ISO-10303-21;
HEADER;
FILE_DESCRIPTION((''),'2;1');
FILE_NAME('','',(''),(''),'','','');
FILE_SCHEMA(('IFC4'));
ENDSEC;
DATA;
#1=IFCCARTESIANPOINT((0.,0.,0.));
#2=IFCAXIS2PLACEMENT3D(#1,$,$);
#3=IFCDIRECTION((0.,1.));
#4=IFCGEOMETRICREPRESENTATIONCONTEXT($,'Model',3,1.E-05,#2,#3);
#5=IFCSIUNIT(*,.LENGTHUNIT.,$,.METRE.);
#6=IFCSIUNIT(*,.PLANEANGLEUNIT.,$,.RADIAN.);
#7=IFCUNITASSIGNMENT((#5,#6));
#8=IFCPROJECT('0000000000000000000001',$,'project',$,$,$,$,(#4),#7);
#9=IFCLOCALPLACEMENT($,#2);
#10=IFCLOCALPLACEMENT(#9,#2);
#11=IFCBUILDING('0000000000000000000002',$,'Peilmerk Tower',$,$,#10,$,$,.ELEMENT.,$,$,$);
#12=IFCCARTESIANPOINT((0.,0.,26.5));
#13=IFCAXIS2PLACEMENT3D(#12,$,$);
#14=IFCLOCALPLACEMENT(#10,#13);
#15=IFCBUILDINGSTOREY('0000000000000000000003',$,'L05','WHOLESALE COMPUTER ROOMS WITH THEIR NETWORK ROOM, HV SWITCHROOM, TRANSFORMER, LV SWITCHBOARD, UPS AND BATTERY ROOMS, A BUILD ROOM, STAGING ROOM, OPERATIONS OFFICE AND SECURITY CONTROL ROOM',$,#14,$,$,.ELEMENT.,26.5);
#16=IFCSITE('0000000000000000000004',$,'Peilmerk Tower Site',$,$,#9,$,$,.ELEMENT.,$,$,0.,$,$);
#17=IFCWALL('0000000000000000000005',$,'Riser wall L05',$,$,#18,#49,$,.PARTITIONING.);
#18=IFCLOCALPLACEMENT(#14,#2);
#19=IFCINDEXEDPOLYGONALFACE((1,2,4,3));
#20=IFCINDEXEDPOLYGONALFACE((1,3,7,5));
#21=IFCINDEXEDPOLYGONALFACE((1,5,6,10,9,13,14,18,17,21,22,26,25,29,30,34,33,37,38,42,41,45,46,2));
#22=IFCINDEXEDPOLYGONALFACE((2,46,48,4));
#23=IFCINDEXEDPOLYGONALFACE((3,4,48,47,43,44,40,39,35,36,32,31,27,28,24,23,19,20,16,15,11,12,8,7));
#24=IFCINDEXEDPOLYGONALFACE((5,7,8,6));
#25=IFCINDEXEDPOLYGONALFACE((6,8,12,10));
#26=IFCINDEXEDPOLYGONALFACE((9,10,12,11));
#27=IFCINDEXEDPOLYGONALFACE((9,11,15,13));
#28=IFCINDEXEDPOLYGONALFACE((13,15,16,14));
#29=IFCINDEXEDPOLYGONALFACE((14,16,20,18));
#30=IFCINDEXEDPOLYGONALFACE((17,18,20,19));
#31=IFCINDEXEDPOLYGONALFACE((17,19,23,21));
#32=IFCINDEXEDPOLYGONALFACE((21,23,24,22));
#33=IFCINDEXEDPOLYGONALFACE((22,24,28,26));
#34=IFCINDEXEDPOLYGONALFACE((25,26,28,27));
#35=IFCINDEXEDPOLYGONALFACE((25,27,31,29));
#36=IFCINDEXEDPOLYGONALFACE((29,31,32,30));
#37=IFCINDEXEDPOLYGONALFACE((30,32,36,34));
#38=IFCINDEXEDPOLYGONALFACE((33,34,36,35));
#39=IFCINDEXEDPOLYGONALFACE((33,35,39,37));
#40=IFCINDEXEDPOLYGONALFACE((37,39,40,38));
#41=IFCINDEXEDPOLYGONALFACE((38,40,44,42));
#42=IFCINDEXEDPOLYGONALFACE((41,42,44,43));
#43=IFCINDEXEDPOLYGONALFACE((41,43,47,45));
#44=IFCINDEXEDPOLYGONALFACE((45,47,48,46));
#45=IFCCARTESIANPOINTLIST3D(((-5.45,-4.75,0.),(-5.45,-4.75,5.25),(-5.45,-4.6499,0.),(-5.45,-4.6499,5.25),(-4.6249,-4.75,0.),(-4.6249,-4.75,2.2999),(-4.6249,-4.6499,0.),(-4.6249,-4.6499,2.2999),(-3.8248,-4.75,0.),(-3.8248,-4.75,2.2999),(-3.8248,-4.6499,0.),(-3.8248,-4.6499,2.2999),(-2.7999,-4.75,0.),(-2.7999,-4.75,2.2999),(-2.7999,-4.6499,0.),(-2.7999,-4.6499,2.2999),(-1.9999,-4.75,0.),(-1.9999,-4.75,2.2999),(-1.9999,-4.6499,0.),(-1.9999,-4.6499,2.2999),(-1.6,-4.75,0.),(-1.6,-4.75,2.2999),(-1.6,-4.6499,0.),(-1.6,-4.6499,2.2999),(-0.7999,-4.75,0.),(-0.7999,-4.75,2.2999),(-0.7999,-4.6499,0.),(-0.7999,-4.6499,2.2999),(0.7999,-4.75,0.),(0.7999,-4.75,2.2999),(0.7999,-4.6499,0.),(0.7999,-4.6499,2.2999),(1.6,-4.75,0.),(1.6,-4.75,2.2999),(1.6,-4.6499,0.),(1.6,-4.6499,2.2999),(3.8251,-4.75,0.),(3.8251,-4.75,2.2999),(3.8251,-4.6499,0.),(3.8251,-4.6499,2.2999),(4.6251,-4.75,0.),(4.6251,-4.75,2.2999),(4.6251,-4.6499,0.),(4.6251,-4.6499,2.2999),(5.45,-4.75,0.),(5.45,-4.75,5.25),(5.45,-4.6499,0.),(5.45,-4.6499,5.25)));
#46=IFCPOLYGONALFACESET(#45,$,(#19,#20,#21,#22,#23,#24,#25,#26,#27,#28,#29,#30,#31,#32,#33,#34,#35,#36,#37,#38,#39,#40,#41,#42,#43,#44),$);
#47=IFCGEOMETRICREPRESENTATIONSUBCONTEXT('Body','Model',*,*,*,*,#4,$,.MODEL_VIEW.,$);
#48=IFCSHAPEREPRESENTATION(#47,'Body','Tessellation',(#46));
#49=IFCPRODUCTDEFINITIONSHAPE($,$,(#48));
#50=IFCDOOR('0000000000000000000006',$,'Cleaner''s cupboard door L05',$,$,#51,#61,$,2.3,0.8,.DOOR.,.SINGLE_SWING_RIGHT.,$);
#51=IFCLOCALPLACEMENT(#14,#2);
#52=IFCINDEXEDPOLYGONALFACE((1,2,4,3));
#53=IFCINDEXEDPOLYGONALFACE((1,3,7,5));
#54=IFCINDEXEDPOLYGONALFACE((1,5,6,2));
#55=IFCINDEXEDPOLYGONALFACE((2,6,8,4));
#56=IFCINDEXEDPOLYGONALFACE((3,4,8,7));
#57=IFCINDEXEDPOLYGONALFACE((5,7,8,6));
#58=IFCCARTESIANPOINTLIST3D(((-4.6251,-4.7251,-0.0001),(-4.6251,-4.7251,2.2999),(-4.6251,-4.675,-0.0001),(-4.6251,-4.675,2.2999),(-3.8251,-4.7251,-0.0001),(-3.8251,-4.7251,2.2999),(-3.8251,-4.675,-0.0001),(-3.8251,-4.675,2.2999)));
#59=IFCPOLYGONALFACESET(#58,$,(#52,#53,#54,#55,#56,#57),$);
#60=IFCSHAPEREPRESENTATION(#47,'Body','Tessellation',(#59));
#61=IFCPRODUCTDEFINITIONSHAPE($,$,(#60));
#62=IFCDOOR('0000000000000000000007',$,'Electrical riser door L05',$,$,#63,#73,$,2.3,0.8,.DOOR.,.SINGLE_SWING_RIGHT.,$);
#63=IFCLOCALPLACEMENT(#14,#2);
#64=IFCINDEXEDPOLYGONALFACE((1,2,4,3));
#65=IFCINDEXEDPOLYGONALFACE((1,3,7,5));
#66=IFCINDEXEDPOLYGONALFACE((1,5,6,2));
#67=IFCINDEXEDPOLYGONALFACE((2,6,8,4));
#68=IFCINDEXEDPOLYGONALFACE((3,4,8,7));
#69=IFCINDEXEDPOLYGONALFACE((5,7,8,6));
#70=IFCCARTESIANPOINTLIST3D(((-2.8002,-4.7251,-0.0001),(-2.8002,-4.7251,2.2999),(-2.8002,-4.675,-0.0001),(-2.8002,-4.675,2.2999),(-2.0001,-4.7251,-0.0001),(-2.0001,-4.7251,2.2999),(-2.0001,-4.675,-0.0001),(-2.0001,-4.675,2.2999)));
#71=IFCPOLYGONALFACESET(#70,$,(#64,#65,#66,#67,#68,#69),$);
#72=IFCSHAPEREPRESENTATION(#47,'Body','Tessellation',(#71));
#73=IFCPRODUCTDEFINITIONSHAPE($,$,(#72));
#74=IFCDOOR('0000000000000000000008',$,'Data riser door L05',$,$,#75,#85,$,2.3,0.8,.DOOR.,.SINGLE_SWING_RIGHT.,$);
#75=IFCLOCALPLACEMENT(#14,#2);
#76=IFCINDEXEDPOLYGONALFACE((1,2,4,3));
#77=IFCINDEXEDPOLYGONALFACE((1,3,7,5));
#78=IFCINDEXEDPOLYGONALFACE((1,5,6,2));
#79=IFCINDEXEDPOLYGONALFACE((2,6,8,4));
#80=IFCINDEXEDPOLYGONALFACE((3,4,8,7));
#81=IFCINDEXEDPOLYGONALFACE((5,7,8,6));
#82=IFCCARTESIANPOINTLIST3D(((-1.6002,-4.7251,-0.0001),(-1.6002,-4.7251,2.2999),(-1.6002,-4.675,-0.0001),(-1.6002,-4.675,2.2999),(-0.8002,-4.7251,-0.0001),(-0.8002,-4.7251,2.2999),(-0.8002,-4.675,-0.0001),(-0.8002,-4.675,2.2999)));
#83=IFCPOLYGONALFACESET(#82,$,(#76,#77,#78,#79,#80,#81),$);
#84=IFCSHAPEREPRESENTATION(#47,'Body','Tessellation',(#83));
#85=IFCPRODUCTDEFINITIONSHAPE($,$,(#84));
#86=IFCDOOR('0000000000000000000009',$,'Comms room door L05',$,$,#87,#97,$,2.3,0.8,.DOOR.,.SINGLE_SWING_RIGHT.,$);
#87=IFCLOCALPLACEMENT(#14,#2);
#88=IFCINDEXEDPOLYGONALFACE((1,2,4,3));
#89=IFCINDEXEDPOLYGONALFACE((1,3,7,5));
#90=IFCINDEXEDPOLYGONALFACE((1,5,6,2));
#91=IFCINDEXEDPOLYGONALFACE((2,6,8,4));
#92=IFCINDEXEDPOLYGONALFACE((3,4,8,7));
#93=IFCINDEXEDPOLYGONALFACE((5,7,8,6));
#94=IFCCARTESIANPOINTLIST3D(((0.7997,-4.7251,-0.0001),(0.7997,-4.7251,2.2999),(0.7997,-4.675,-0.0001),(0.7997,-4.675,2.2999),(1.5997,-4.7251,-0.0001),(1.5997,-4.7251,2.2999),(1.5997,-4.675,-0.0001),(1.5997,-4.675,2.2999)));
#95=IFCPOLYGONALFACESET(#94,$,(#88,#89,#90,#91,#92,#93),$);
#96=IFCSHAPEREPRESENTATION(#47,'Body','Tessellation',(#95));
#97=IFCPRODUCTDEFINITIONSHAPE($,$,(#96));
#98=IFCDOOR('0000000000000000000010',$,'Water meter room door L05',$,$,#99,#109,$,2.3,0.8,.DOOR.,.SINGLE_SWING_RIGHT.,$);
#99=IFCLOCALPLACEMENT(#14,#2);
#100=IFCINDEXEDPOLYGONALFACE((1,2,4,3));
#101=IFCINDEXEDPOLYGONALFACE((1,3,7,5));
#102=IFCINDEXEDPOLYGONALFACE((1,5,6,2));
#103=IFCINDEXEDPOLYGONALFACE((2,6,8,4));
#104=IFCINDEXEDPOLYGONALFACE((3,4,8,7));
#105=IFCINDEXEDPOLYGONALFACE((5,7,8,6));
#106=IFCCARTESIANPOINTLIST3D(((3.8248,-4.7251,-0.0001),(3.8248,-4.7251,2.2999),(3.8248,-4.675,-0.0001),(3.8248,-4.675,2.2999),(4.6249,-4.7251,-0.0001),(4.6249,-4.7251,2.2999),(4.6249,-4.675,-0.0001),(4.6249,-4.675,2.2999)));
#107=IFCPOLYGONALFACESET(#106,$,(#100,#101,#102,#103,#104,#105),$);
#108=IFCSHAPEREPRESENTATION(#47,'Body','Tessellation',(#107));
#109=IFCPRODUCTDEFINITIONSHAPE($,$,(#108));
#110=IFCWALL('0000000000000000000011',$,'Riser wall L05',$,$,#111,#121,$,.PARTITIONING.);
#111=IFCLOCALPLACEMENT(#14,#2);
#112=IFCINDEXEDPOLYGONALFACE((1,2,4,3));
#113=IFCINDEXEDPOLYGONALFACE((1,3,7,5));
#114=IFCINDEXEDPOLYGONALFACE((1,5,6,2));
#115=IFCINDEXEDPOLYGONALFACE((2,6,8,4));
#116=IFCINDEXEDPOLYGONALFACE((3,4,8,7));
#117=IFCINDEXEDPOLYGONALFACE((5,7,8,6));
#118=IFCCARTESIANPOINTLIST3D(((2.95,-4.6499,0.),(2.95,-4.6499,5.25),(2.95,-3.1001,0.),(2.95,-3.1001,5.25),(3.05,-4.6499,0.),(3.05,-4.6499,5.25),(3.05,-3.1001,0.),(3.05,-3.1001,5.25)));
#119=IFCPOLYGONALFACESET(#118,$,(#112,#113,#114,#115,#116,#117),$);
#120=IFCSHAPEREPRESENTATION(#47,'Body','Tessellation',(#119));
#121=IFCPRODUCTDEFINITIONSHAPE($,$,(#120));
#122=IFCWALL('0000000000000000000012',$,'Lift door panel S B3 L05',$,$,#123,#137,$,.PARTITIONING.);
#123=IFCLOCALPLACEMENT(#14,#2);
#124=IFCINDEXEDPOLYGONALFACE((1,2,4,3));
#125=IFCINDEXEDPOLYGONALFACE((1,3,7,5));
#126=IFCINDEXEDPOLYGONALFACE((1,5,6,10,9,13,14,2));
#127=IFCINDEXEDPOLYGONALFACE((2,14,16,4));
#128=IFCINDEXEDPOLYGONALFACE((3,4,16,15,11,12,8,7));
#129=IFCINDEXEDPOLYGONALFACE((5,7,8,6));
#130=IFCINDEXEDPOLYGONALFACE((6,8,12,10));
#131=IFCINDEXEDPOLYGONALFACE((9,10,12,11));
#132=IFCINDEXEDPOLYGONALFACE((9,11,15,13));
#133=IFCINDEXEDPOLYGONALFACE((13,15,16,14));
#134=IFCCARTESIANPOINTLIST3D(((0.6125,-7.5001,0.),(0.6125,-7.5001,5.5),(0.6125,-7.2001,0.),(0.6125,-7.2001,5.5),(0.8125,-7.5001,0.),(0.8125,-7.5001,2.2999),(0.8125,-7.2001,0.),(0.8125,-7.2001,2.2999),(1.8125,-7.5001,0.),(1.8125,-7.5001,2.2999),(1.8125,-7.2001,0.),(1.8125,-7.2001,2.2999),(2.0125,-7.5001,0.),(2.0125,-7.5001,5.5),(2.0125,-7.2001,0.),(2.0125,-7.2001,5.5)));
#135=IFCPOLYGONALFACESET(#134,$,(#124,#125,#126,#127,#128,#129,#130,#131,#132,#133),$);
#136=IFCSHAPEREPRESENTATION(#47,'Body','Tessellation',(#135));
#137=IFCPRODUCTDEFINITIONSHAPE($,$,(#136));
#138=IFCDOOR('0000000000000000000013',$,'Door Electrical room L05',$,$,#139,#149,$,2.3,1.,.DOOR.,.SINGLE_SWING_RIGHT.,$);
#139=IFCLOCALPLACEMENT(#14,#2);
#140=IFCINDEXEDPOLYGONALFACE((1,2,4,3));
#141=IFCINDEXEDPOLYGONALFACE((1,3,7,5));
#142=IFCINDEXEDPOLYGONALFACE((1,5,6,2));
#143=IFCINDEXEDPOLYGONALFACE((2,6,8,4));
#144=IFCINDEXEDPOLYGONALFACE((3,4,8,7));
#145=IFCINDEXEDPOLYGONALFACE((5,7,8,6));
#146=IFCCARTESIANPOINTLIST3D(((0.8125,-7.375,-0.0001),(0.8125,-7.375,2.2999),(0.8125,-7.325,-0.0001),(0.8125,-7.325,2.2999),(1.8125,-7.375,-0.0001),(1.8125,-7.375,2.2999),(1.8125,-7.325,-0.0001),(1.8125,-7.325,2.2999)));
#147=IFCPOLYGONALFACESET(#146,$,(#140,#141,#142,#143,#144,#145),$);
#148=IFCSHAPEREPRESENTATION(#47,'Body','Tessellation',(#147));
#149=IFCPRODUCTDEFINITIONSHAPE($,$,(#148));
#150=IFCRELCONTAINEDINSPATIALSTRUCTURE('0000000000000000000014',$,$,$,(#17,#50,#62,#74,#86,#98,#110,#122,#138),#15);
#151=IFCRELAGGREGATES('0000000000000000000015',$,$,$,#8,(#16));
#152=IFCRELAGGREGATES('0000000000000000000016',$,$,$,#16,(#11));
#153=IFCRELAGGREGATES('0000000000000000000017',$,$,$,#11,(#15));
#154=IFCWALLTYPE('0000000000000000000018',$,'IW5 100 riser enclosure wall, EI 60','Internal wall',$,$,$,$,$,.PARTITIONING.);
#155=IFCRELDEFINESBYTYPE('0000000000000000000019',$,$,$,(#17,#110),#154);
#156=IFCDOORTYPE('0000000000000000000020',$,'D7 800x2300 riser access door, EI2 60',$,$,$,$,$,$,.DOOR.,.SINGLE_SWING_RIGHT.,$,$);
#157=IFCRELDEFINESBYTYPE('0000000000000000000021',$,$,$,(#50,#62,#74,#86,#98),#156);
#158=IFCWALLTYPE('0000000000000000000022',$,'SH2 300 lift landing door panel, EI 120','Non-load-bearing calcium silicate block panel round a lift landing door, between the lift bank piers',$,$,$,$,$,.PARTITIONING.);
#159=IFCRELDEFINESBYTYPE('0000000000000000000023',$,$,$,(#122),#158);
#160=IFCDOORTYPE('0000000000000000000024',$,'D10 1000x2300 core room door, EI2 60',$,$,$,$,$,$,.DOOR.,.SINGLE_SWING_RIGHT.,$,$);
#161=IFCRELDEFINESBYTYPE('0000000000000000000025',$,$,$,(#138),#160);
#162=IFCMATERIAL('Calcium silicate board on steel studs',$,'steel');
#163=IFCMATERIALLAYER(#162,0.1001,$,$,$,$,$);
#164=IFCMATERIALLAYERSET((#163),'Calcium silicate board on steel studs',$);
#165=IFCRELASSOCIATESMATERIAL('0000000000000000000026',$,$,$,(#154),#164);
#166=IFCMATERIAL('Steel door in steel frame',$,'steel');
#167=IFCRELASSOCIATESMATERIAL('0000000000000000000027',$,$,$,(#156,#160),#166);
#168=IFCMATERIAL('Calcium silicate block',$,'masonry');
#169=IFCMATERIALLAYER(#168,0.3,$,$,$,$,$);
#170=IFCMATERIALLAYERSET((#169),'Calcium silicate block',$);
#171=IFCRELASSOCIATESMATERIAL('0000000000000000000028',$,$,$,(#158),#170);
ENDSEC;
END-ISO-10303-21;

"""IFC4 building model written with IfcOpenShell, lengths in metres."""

from ifc_helpers import new_model, si_unit, direction, frame, frame_2d, origin, place, context, subcontext, project, spatial, rectangle, extrude, material, layer, layer_set, type_object, element, fill, save


model = new_model("IFC4")

# Units and contexts
model_context = context("Model", 3, precision=1e-05, world=origin(), true_north=direction((0.0, 1.0)))
body_context = subcontext(model_context, "Body", "Model", "MODEL_VIEW")
ifc_project = project(units=[si_unit("LENGTHUNIT", "METRE"), si_unit("PLANEANGLEUNIT", "RADIAN")], contexts=[model_context])

# Site, building, storey
site_placement = place(None, origin())
site = spatial("IfcSite", under=ifc_project, at=site_placement, Name="Peilmerk Tower Site", CompositionType="ELEMENT", RefElevation=0.0)
building_placement = place(site_placement, origin())
building = spatial("IfcBuilding", under=site, at=building_placement, Name="Peilmerk Tower", CompositionType="ELEMENT")
storey_placement = place(building_placement, frame((0.0, 0.0, 26.5)))
storey = spatial("IfcBuildingStorey", under=building, at=storey_placement, Name="L05", Description="WHOLESALE COMPUTER ROOMS WITH THEIR NETWORK ROOM, HV SWITCHROOM, TRANSFORMER, LV SWITCHBOARD, UPS AND BATTERY ROOMS, A BUILD ROOM, STAGING ROOM, OPERATIONS OFFICE AND SECURITY CONTROL ROOM", CompositionType="ELEMENT", Elevation=26.5)

# Shared definitions
ifc_material_1 = material(Name="Calcium silicate board on steel studs", Category="steel")
ifc_layer_1 = layer(ifc_material_1, 0.1001)
ifc_layer_set_1 = layer_set([ifc_layer_1], Name="Calcium silicate board on steel studs")
wall_type_1 = type_object("IfcWallType", Name="IW5 100 riser enclosure wall, EI 60", Description="Internal wall", PredefinedType="PARTITIONING", material=ifc_layer_set_1)

# Wall, openings, doors
wall_1_placement = place(storey_placement, frame((5.45, -4.7, 0.0), z_axis=(0.0, 0.0, 1.0), x_axis=(-1.0, 0.0, 0.0)))
wall_1 = element("IfcWall", 1, at=wall_1_placement, inside=storey, type_object=wall_type_1, Name="Riser wall L05", PredefinedType="PARTITIONING", context=body_context, shape_type="SweptSolid", body=[
    extrude(rectangle(XDim=10.8999, YDim=0.1001, at=frame_2d((5.45, 0.0))), origin(), (0.0, 0.0, 1.0), 5.25),
])
opening_1_placement = place(wall_1_placement, frame((9.2749, 0.0, 0.0)))
opening_1 = element("IfcOpeningElement", 2, at=opening_1_placement, cuts=wall_1, PredefinedType="OPENING", context=body_context, shape_type="SweptSolid", body=[
    extrude(rectangle(XDim=0.8, YDim=2.3, at=frame_2d((0.3999, 1.1499))), frame((0.0, 0.0601, 0.0), z_axis=(0.0, -1.0, 0.0), x_axis=(1.0, 0.0, 0.0)), (0.0, 0.0, 1.0), 0.1201),
])
opening_2_placement = place(wall_1_placement, frame((7.45, 0.0, 0.0)))
opening_2 = element("IfcOpeningElement", 3, at=opening_2_placement, cuts=wall_1, PredefinedType="OPENING", context=body_context, shape_type="SweptSolid", body=[
    extrude(rectangle(XDim=0.8, YDim=2.3, at=frame_2d((0.3999, 1.1499))), frame((0.0, 0.0601, 0.0), z_axis=(0.0, -1.0, 0.0), x_axis=(1.0, 0.0, 0.0)), (0.0, 0.0, 1.0), 0.1201),
])
opening_3_placement = place(wall_1_placement, frame((6.25, 0.0, 0.0)))
opening_3 = element("IfcOpeningElement", 4, at=opening_3_placement, cuts=wall_1, PredefinedType="OPENING", context=body_context, shape_type="SweptSolid", body=[
    extrude(rectangle(XDim=0.8, YDim=2.3, at=frame_2d((0.3999, 1.1499))), frame((0.0, 0.0601, 0.0), z_axis=(0.0, -1.0, 0.0), x_axis=(1.0, 0.0, 0.0)), (0.0, 0.0, 1.0), 0.1201),
])
opening_4_placement = place(wall_1_placement, frame((3.8501, 0.0, 0.0)))
opening_4 = element("IfcOpeningElement", 5, at=opening_4_placement, cuts=wall_1, PredefinedType="OPENING", context=body_context, shape_type="SweptSolid", body=[
    extrude(rectangle(XDim=0.8, YDim=2.3, at=frame_2d((0.3999, 1.1499))), frame((0.0, 0.0601, 0.0), z_axis=(0.0, -1.0, 0.0), x_axis=(1.0, 0.0, 0.0)), (0.0, 0.0, 1.0), 0.1201),
])
opening_5_placement = place(wall_1_placement, frame((0.825, 0.0, 0.0)))
opening_5 = element("IfcOpeningElement", 6, at=opening_5_placement, cuts=wall_1, PredefinedType="OPENING", context=body_context, shape_type="SweptSolid", body=[
    extrude(rectangle(XDim=0.8, YDim=2.3, at=frame_2d((0.3999, 1.1499))), frame((0.0, 0.0601, 0.0), z_axis=(0.0, -1.0, 0.0), x_axis=(1.0, 0.0, 0.0)), (0.0, 0.0, 1.0), 0.1201),
])
ifc_material_2 = material(Name="Steel door in steel frame", Category="steel")
door_type_1 = type_object("IfcDoorType", Name="D7 800x2300 riser access door, EI2 60", OperationType="SINGLE_SWING_RIGHT", PredefinedType="DOOR", material=ifc_material_2)
door_1_placement = place(opening_1_placement, frame((0.8, 0.0, 0.0), z_axis=(0.0, 0.0, 1.0), x_axis=(-1.0, 0.0, 0.0)))
door_1 = element("IfcDoor", 7, at=door_1_placement, inside=storey, type_object=door_type_1, Name="Cleaner's cupboard door L05", OperationType="SINGLE_SWING_RIGHT", OverallHeight=2.3, OverallWidth=0.8, PredefinedType="DOOR", context=body_context, shape_type="SweptSolid", body=[
    extrude(rectangle(XDim=0.8, YDim=2.3, at=frame_2d((0.3999, 1.1499))), frame((0.0, 0.0249, 0.0), z_axis=(0.0, -1.0, 0.0), x_axis=(1.0, 0.0, 0.0)), (0.0, 0.0, 1.0), 0.05),
])
fill(opening_1, door_1)
door_2_placement = place(opening_2_placement, frame((0.8, 0.0, 0.0), z_axis=(0.0, 0.0, 1.0), x_axis=(-1.0, 0.0, 0.0)))
door_2 = element("IfcDoor", 8, at=door_2_placement, inside=storey, type_object=door_type_1, Name="Electrical riser door L05", OperationType="SINGLE_SWING_RIGHT", OverallHeight=2.3, OverallWidth=0.8, PredefinedType="DOOR", context=body_context, shape_type="SweptSolid", body=[
    extrude(rectangle(XDim=0.8, YDim=2.3, at=frame_2d((0.3999, 1.1499))), frame((0.0, 0.0249, 0.0), z_axis=(0.0, -1.0, 0.0), x_axis=(1.0, 0.0, 0.0)), (0.0, 0.0, 1.0), 0.05),
])
fill(opening_2, door_2)
door_3_placement = place(opening_3_placement, frame((0.8, 0.0, 0.0), z_axis=(0.0, 0.0, 1.0), x_axis=(-1.0, 0.0, 0.0)))
door_3 = element("IfcDoor", 9, at=door_3_placement, inside=storey, type_object=door_type_1, Name="Data riser door L05", OperationType="SINGLE_SWING_RIGHT", OverallHeight=2.3, OverallWidth=0.8, PredefinedType="DOOR", context=body_context, shape_type="SweptSolid", body=[
    extrude(rectangle(XDim=0.8, YDim=2.3, at=frame_2d((0.3999, 1.1499))), frame((0.0, 0.0249, 0.0), z_axis=(0.0, -1.0, 0.0), x_axis=(1.0, 0.0, 0.0)), (0.0, 0.0, 1.0), 0.05),
])
fill(opening_3, door_3)
door_4_placement = place(opening_4_placement, frame((0.8, 0.0, 0.0), z_axis=(0.0, 0.0, 1.0), x_axis=(-1.0, 0.0, 0.0)))
door_4 = element("IfcDoor", 10, at=door_4_placement, inside=storey, type_object=door_type_1, Name="Comms room door L05", OperationType="SINGLE_SWING_RIGHT", OverallHeight=2.3, OverallWidth=0.8, PredefinedType="DOOR", context=body_context, shape_type="SweptSolid", body=[
    extrude(rectangle(XDim=0.8, YDim=2.3, at=frame_2d((0.3999, 1.1499))), frame((0.0, 0.0249, 0.0), z_axis=(0.0, -1.0, 0.0), x_axis=(1.0, 0.0, 0.0)), (0.0, 0.0, 1.0), 0.05),
])
fill(opening_4, door_4)
door_5_placement = place(opening_5_placement, frame((0.8, 0.0, 0.0), z_axis=(0.0, 0.0, 1.0), x_axis=(-1.0, 0.0, 0.0)))
door_5 = element("IfcDoor", 11, at=door_5_placement, inside=storey, type_object=door_type_1, Name="Water meter room door L05", OperationType="SINGLE_SWING_RIGHT", OverallHeight=2.3, OverallWidth=0.8, PredefinedType="DOOR", context=body_context, shape_type="SweptSolid", body=[
    extrude(rectangle(XDim=0.8, YDim=2.3, at=frame_2d((0.3999, 1.1499))), frame((0.0, 0.0249, 0.0), z_axis=(0.0, -1.0, 0.0), x_axis=(1.0, 0.0, 0.0)), (0.0, 0.0, 1.0), 0.05),
])
fill(opening_5, door_5)

# Wall
wall_2_placement = place(storey_placement, frame((3.0, -3.1001, 0.0), z_axis=(0.0, 0.0, 1.0), x_axis=(0.0, -1.0, 0.0)))
element("IfcWall", 12, at=wall_2_placement, inside=storey, type_object=wall_type_1, Name="Riser wall L05", PredefinedType="PARTITIONING", context=body_context, shape_type="SweptSolid", body=[
    extrude(rectangle(XDim=1.5498, YDim=0.1001, at=frame_2d((0.7749, 0.0))), origin(), (0.0, 0.0, 1.0), 5.25),
])

# Wall, opening, door
ifc_material_3 = material(Name="Calcium silicate block", Category="masonry")
ifc_layer_2 = layer(ifc_material_3, 0.3)
ifc_layer_set_2 = layer_set([ifc_layer_2], Name="Calcium silicate block")
wall_type_2 = type_object("IfcWallType", Name="SH2 300 lift landing door panel, EI 120", Description="Non-load-bearing calcium silicate block panel round a lift landing door, between the lift bank piers", PredefinedType="PARTITIONING", material=ifc_layer_set_2)
wall_3_placement = place(storey_placement, frame((0.6125, -7.3501, 0.0), z_axis=(0.0, 0.0, 1.0), x_axis=(1.0, 0.0, 0.0)))
wall_3 = element("IfcWall", 13, at=wall_3_placement, inside=storey, type_object=wall_type_2, Name="Lift door panel S B3 L05", PredefinedType="PARTITIONING", context=body_context, shape_type="SweptSolid", body=[
    extrude(rectangle(XDim=1.3999, YDim=0.3, at=frame_2d((0.7, 0.0))), origin(), (0.0, 0.0, 1.0), 5.5),
])
opening_6_placement = place(wall_3_placement, frame((0.2, 0.0, 0.0)))
opening_6 = element("IfcOpeningElement", 14, at=opening_6_placement, cuts=wall_3, PredefinedType="OPENING", context=body_context, shape_type="SweptSolid", body=[
    extrude(rectangle(XDim=1.0, YDim=2.3, at=frame_2d((0.5, 1.1499))), frame((0.0, 0.1599, 0.0), z_axis=(0.0, -1.0, 0.0), x_axis=(1.0, 0.0, 0.0)), (0.0, 0.0, 1.0), 0.3201),
])
door_type_2 = type_object("IfcDoorType", Name="D10 1000x2300 core room door, EI2 60", OperationType="SINGLE_SWING_RIGHT", PredefinedType="DOOR", material=ifc_material_2)
door_6_placement = place(opening_6_placement, frame((1.0, 0.0, 0.0), z_axis=(0.0, 0.0, 1.0), x_axis=(-1.0, 0.0, 0.0)))
door_6 = element("IfcDoor", 15, at=door_6_placement, inside=storey, type_object=door_type_2, Name="Door Electrical room L05", OperationType="SINGLE_SWING_RIGHT", OverallHeight=2.3, OverallWidth=1.0, PredefinedType="DOOR", context=body_context, shape_type="SweptSolid", body=[
    extrude(rectangle(XDim=1.0, YDim=2.3, at=frame_2d((0.5, 1.1499))), frame((0.0, 0.0249, 0.0), z_axis=(0.0, -1.0, 0.0), x_axis=(1.0, 0.0, 0.0)), (0.0, 0.0, 1.0), 0.05),
])
fill(opening_6, door_6)

save(model, "model.ifc")
